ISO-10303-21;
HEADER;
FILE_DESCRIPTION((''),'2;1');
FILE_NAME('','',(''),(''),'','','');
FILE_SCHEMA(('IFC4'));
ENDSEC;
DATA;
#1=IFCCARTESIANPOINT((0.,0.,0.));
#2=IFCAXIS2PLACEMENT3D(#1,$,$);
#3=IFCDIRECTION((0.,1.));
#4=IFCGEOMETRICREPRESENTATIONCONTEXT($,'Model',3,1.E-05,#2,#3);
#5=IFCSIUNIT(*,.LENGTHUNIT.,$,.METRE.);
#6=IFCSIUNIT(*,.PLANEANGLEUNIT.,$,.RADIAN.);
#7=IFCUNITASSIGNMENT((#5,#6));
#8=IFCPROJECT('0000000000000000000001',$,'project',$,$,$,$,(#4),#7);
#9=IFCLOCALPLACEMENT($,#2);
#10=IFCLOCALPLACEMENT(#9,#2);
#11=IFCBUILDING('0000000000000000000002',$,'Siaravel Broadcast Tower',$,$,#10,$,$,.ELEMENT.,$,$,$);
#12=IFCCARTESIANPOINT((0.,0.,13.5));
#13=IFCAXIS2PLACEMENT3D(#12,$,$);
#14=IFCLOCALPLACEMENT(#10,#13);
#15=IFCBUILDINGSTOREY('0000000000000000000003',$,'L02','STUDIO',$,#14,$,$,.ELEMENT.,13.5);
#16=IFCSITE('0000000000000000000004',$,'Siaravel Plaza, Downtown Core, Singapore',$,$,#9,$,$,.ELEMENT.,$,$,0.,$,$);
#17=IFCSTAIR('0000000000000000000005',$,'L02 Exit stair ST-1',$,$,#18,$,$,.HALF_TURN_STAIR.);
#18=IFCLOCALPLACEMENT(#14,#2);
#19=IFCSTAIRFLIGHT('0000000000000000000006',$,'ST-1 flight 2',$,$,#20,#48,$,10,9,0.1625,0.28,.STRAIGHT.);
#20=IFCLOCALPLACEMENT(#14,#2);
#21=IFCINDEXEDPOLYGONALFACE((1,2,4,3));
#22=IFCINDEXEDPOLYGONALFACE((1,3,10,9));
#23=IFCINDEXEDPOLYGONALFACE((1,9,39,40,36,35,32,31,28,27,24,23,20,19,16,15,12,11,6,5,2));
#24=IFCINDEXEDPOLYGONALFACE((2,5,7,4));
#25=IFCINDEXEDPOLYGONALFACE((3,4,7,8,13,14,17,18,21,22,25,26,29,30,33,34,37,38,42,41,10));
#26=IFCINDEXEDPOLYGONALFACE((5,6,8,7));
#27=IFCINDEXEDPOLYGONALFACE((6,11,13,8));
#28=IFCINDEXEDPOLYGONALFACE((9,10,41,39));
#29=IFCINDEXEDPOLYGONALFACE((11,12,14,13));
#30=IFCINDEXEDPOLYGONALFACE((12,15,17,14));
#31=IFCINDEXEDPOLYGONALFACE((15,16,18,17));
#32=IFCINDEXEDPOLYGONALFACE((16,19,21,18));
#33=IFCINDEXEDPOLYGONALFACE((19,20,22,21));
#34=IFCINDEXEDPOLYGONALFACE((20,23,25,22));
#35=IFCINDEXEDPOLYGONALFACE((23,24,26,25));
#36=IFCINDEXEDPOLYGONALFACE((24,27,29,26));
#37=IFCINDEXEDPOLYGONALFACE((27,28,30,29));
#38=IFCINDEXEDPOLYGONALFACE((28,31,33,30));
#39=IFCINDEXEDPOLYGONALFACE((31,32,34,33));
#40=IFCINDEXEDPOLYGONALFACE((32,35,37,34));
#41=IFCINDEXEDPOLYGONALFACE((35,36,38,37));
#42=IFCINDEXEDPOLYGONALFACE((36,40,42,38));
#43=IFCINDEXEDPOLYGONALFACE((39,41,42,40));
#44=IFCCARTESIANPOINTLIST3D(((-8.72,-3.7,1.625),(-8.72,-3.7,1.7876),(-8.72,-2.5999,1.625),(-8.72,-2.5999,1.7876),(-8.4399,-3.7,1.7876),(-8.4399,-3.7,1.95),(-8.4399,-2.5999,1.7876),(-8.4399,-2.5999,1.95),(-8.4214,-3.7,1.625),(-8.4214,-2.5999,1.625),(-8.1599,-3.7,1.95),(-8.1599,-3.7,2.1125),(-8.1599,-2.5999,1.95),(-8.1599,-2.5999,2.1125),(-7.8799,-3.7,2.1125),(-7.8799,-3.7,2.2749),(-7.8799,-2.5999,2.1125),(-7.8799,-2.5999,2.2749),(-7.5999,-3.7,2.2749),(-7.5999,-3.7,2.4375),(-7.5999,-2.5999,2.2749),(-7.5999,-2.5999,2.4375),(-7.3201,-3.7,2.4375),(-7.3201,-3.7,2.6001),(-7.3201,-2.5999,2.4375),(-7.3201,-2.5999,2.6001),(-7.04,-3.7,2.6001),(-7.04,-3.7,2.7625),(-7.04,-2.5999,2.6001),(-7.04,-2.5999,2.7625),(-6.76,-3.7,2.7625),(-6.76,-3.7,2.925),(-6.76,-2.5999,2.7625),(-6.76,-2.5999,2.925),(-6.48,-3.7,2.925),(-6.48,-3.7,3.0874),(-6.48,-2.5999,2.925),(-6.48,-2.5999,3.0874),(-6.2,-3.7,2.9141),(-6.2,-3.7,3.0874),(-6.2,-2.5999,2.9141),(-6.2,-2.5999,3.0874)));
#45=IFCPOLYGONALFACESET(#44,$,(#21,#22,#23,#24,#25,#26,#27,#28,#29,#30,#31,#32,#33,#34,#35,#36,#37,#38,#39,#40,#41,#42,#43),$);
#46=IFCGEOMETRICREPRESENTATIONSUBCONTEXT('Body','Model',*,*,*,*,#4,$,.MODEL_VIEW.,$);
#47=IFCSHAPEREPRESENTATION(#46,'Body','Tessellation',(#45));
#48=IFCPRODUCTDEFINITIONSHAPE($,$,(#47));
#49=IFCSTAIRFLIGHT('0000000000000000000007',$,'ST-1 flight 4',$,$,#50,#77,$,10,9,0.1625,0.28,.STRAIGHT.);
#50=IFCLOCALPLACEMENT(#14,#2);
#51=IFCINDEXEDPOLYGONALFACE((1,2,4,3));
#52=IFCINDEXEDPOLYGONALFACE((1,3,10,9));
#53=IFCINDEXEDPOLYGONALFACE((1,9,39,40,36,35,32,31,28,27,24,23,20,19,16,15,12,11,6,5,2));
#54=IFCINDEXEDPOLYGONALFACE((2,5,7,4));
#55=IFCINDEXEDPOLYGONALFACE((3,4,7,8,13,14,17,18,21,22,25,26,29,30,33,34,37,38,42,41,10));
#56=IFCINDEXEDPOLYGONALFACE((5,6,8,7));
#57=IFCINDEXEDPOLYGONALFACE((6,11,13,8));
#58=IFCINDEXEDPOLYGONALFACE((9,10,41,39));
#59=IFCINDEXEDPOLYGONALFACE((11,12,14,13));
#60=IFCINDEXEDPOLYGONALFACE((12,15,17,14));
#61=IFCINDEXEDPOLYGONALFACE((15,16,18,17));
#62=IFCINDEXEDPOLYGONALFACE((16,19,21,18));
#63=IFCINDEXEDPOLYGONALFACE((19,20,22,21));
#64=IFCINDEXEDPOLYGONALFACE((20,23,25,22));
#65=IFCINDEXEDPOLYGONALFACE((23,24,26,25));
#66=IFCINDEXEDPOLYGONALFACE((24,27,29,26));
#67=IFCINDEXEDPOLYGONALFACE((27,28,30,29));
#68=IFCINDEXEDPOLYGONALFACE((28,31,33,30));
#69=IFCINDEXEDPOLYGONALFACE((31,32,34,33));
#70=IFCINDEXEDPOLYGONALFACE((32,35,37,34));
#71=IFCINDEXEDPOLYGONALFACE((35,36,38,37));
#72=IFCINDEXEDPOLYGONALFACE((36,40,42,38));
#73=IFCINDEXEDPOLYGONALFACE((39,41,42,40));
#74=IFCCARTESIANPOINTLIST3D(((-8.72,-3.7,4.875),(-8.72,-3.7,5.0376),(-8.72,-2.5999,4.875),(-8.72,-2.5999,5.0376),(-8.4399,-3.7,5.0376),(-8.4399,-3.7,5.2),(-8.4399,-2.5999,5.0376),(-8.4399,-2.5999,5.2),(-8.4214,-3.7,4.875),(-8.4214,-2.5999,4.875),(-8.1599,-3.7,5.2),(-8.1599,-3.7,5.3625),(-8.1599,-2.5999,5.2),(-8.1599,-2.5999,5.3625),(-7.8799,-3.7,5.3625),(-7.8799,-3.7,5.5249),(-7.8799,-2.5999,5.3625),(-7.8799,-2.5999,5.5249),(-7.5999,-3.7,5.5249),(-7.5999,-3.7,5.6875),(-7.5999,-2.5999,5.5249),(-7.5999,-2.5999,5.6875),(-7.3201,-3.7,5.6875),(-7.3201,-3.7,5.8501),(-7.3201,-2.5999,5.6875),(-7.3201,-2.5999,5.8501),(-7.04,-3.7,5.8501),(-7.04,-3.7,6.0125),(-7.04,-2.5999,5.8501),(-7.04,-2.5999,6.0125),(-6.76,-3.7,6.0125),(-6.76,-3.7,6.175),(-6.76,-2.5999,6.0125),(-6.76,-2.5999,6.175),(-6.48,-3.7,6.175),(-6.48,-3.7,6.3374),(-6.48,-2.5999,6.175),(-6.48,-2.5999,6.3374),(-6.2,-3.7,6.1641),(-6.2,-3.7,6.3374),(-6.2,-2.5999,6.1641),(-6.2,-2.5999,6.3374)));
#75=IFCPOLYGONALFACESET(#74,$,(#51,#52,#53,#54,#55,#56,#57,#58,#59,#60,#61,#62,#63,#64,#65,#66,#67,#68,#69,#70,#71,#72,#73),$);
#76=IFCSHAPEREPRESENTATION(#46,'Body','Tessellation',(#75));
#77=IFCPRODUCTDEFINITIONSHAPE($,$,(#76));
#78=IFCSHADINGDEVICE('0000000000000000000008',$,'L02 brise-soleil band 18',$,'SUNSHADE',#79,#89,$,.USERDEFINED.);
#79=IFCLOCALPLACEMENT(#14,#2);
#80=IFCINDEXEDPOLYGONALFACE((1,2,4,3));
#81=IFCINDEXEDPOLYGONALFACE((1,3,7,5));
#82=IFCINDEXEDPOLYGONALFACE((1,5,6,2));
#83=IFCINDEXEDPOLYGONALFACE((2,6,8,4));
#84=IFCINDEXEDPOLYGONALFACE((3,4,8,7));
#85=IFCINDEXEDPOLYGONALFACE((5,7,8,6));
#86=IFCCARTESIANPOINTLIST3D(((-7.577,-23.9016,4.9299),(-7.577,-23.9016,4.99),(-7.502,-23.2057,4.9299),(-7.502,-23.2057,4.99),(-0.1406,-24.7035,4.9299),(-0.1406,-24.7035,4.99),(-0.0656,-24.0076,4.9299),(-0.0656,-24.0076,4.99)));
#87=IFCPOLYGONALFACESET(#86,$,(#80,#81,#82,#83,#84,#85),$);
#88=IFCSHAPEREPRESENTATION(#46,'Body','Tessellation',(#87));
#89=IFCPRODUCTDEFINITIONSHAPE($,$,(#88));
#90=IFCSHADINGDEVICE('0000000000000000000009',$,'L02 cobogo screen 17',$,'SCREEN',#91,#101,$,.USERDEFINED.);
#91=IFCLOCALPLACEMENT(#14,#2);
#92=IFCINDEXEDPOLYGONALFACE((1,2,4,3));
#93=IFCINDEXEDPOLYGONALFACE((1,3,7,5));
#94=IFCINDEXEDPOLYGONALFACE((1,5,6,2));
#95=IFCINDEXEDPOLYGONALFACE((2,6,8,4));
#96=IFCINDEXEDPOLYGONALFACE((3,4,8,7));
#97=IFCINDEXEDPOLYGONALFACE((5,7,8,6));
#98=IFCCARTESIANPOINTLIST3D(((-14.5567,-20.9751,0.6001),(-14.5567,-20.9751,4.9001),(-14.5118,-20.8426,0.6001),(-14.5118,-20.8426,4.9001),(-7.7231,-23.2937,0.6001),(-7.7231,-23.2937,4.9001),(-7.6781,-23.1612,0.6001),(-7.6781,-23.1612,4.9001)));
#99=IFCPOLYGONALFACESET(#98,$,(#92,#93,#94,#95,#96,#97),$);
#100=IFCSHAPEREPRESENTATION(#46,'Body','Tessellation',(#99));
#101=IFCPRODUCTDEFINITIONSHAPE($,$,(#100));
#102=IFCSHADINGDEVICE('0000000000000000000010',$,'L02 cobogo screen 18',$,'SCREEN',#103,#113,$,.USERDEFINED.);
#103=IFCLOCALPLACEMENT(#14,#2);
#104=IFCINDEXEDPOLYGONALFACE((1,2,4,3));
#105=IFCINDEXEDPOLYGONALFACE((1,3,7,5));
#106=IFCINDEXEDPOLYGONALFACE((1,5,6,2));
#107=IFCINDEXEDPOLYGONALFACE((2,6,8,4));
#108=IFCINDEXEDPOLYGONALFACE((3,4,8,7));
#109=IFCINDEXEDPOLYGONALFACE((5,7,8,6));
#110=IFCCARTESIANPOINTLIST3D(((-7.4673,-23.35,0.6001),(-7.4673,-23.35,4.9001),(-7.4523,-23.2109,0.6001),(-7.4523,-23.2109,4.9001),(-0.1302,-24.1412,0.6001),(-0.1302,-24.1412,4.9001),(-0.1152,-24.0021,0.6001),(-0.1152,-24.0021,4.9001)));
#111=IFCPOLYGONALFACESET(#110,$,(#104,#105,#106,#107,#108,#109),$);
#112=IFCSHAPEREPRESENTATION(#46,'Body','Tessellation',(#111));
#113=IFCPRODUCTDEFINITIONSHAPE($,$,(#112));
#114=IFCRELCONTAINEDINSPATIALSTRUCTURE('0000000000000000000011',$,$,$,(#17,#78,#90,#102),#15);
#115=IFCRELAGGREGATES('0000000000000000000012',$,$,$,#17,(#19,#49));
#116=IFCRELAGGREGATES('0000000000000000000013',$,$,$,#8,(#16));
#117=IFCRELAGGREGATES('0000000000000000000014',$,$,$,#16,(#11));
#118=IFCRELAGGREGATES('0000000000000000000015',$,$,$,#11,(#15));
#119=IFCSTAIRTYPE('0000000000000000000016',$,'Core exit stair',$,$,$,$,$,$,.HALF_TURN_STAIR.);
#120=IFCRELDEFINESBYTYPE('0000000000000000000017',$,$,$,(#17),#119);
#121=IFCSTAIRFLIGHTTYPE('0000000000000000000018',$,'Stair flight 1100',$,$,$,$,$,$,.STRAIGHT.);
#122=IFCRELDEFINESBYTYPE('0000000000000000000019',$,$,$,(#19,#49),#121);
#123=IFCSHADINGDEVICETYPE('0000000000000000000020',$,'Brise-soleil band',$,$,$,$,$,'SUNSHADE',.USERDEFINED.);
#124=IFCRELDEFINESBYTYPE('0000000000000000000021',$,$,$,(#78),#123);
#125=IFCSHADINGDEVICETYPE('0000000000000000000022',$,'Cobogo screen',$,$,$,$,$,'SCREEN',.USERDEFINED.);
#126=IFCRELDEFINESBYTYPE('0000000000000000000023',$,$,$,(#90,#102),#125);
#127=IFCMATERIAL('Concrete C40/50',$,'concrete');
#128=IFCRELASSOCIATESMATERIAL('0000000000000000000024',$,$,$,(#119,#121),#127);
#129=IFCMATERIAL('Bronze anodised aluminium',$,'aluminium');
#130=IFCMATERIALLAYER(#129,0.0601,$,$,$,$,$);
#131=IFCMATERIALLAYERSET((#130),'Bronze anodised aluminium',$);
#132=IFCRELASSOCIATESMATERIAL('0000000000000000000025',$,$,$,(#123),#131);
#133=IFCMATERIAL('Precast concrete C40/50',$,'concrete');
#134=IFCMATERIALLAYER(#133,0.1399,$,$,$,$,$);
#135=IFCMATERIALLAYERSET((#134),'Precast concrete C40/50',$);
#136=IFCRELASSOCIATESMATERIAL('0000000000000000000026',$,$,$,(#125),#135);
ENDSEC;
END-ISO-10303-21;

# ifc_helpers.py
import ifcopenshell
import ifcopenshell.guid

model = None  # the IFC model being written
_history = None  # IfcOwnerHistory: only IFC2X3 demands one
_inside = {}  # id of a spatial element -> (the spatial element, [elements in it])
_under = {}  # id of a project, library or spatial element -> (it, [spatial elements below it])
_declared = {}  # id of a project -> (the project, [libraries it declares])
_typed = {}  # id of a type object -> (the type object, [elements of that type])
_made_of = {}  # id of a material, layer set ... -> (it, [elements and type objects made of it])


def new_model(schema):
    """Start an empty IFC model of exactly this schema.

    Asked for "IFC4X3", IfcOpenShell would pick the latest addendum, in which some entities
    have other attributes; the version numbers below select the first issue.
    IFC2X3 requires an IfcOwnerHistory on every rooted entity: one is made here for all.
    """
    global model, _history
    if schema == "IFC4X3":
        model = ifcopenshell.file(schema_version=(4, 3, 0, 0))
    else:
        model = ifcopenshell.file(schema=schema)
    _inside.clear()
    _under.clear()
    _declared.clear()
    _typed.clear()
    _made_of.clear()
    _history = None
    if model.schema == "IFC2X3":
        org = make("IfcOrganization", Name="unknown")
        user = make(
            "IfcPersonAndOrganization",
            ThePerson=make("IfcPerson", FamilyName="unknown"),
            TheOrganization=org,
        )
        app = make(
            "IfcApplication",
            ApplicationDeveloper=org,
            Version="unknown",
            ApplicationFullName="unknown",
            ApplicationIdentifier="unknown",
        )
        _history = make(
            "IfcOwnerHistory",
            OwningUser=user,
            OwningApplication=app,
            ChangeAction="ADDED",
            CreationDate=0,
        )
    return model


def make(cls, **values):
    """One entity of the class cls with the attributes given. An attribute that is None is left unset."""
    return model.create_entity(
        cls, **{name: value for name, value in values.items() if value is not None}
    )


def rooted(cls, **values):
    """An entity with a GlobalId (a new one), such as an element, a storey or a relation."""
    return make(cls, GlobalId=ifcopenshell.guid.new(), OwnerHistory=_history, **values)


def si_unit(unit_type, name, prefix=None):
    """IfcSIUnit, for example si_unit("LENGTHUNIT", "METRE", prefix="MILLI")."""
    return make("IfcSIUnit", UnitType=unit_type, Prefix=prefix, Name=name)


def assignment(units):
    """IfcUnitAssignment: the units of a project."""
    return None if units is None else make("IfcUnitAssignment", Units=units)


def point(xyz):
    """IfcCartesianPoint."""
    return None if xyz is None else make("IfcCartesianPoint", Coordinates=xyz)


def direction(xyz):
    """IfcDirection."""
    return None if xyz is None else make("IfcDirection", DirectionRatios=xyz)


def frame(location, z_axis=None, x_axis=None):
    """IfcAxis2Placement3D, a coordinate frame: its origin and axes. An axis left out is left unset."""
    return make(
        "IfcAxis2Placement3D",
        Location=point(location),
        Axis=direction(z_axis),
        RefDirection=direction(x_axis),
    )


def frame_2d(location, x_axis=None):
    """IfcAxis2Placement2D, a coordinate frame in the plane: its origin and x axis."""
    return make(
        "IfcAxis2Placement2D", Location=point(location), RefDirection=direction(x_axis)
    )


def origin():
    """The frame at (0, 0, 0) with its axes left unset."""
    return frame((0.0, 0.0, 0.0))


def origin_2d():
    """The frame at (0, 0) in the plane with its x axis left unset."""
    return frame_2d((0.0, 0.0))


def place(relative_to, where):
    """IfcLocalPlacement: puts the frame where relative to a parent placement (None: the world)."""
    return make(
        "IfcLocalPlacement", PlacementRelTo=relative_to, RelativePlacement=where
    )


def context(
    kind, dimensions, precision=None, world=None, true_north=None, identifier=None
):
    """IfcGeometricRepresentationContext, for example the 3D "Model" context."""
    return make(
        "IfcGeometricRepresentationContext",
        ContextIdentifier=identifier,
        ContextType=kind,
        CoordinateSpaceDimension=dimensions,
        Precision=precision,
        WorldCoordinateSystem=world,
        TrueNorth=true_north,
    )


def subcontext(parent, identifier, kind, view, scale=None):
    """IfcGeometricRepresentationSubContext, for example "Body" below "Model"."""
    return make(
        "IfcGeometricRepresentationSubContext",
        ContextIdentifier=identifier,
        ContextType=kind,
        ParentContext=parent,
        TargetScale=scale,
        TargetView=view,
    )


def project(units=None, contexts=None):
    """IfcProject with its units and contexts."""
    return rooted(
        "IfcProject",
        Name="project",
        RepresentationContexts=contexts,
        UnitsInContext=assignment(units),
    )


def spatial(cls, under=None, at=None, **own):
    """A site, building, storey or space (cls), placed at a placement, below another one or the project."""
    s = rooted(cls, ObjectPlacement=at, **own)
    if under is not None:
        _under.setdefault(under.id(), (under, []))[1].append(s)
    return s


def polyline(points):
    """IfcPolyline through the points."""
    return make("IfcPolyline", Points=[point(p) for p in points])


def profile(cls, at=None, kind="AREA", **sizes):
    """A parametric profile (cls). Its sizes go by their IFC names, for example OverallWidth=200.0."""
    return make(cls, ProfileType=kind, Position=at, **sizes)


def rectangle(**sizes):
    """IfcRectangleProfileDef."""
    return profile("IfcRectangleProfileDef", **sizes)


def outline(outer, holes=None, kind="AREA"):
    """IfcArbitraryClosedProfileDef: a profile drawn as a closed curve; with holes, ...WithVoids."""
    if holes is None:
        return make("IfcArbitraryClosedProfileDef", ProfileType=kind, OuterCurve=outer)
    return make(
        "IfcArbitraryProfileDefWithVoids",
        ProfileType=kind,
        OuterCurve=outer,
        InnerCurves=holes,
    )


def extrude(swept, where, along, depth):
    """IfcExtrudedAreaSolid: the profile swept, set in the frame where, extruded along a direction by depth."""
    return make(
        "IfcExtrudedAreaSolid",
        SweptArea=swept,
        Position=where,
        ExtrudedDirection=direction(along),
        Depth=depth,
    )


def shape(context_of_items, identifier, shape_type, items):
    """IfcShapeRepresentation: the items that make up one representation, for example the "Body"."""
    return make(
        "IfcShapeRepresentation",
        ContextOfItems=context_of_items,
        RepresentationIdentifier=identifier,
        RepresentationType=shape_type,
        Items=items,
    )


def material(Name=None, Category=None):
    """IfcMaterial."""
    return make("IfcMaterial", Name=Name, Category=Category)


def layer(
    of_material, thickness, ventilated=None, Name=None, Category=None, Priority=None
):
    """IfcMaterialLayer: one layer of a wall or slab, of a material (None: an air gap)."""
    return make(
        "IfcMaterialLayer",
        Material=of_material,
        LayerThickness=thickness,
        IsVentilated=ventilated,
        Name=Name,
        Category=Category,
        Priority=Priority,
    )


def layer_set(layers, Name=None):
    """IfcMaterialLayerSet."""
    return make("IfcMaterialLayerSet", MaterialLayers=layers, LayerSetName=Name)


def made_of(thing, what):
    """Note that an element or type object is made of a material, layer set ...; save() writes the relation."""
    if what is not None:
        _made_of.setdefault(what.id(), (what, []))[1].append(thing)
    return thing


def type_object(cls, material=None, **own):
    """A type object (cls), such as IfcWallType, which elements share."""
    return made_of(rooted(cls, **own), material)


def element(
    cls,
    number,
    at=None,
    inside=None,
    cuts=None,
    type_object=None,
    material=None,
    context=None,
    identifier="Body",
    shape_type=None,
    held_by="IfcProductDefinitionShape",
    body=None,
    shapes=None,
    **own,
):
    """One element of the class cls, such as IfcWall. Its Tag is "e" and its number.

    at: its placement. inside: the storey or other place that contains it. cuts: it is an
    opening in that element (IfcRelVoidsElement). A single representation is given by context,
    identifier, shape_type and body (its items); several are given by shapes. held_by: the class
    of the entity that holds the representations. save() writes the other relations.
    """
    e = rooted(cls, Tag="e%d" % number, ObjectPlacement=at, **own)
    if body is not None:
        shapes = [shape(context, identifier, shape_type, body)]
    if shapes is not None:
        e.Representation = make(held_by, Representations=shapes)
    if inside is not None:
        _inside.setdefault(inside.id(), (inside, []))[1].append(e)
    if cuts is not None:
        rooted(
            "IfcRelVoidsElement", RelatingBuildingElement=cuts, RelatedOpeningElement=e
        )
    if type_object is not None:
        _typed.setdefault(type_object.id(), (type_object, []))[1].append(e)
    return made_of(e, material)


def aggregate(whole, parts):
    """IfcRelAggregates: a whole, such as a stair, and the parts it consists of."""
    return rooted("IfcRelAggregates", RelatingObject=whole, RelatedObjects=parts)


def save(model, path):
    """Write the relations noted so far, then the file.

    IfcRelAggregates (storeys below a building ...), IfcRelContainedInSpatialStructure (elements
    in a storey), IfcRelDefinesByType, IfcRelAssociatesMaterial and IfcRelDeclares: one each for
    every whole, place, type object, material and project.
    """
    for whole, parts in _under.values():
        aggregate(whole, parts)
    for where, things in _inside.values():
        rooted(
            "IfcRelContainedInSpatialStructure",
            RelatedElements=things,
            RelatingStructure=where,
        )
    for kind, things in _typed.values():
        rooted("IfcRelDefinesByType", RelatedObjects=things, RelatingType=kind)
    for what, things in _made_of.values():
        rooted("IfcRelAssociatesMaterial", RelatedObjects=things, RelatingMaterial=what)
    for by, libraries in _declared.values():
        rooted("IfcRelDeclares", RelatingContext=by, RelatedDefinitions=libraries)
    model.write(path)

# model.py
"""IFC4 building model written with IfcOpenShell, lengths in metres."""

from ifc_helpers import new_model, si_unit, direction, frame, origin, origin_2d, place, context, subcontext, project, spatial, polyline, rectangle, outline, extrude, material, layer, layer_set, type_object, element, aggregate, save


model = new_model("IFC4")

# Units and contexts
model_context = context("Model", 3, precision=1e-05, world=origin(), true_north=direction((0.0, 1.0)))
body_context = subcontext(model_context, "Body", "Model", "MODEL_VIEW")
ifc_project = project(units=[si_unit("LENGTHUNIT", "METRE"), si_unit("PLANEANGLEUNIT", "RADIAN")], contexts=[model_context])

# Site, building, storey
site_placement = place(None, origin())
site = spatial("IfcSite", under=ifc_project, at=site_placement, Name="Siaravel Plaza, Downtown Core, Singapore", CompositionType="ELEMENT", RefElevation=0.0)
building_placement = place(site_placement, origin())
building = spatial("IfcBuilding", under=site, at=building_placement, Name="Siaravel Broadcast Tower", CompositionType="ELEMENT")
storey_placement = place(building_placement, frame((0.0, 0.0, 13.5)))
storey = spatial("IfcBuildingStorey", under=building, at=storey_placement, Name="L02", Description="STUDIO", CompositionType="ELEMENT", Elevation=13.5)

# Shared definitions
ifc_material_1 = material(Name="Concrete C40/50", Category="concrete")

# Stair, stair flights
stair_type = type_object("IfcStairType", Name="Core exit stair", PredefinedType="HALF_TURN_STAIR", material=ifc_material_1)
stair_placement = place(storey_placement, origin())
stair = element("IfcStair", 1, at=stair_placement, inside=storey, type_object=stair_type, Name="L02 Exit stair ST-1", PredefinedType="HALF_TURN_STAIR")
stair_flight_type = type_object("IfcStairFlightType", Name="Stair flight 1100", PredefinedType="STRAIGHT", material=ifc_material_1)
stair_flight_1_placement = place(storey_placement, frame((-8.72, -3.1499, 1.625), z_axis=(0.0, 0.0, 1.0), x_axis=(1.0, 0.0, 0.0)))
stair_flight_1 = element("IfcStairFlight", 2, at=stair_flight_1_placement, type_object=stair_flight_type, Name="ST-1 flight 2", NumberOfRisers=10, NumberOfTreads=9, PredefinedType="STRAIGHT", RiserHeight=0.1625, TreadLength=0.28, context=body_context, shape_type="SweptSolid", body=[
    extrude(outline(polyline([(0.0, 0.0), (0.0, 0.1626), (0.28, 0.1626), (0.28, 0.325), (0.5601, 0.325), (0.5601, 0.4875), (0.8401, 0.4875), (0.8401, 0.6499), (1.1201, 0.6499), (1.1201, 0.8125), (1.3999, 0.8125), (1.3999, 0.9751), (1.6799, 0.9751), (1.6799, 1.1375), (1.96, 1.1375), (1.96, 1.3), (2.24, 1.3), (2.24, 1.4624), (2.52, 1.4624), (2.52, 1.625), (2.52, 1.2891), (0.2986, 0.0), (0.0, 0.0)])), frame((0.0, 0.55, 0.0), z_axis=(0.0, -1.0, 0.0), x_axis=(1.0, 0.0, 0.0)), (0.0, 0.0, 1.0), 1.1001),
])
stair_flight_2_placement = place(storey_placement, frame((-8.72, -3.1499, 4.875), z_axis=(0.0, 0.0, 1.0), x_axis=(1.0, 0.0, 0.0)))
stair_flight_2 = element("IfcStairFlight", 3, at=stair_flight_2_placement, type_object=stair_flight_type, Name="ST-1 flight 4", NumberOfRisers=10, NumberOfTreads=9, PredefinedType="STRAIGHT", RiserHeight=0.1625, TreadLength=0.28, context=body_context, shape_type="SweptSolid", body=[
    extrude(outline(polyline([(0.0, 0.0), (0.0, 0.1626), (0.28, 0.1626), (0.28, 0.325), (0.5601, 0.325), (0.5601, 0.4875), (0.8401, 0.4875), (0.8401, 0.6499), (1.1201, 0.6499), (1.1201, 0.8125), (1.3999, 0.8125), (1.3999, 0.9751), (1.6799, 0.9751), (1.6799, 1.1375), (1.96, 1.1375), (1.96, 1.3), (2.24, 1.3), (2.24, 1.4624), (2.52, 1.4624), (2.52, 1.625), (2.52, 1.2891), (0.2986, 0.0), (0.0, 0.0)])), frame((0.0, 0.55, 0.0), z_axis=(0.0, -1.0, 0.0), x_axis=(1.0, 0.0, 0.0)), (0.0, 0.0, 1.0), 1.1001),
])
aggregate(stair, [stair_flight_1, stair_flight_2])

# Shading devices
ifc_material_2 = material(Name="Bronze anodised aluminium", Category="aluminium")
ifc_layer_1 = layer(ifc_material_2, 0.0601)
ifc_layer_set_1 = layer_set([ifc_layer_1], Name="Bronze anodised aluminium")
shading_device_type_1 = type_object("IfcShadingDeviceType", Name="Brise-soleil band", ElementType="SUNSHADE", PredefinedType="USERDEFINED", material=ifc_layer_set_1)
shading_device_1_placement = place(storey_placement, frame((-3.8213, -23.9546, 4.9299), z_axis=(0.0, 0.0, 1.0), x_axis=(0.994236, -0.107217, 0.0)))
element("IfcShadingDevice", 4, at=shading_device_1_placement, inside=storey, type_object=shading_device_type_1, Name="L02 brise-soleil band 18", ObjectType="SUNSHADE", PredefinedType="USERDEFINED", context=body_context, shape_type="SweptSolid", body=[
    extrude(rectangle(XDim=7.4795, YDim=0.7, at=origin_2d()), origin(), (0.0, 0.0, 1.0), 0.0601),
])
ifc_material_3 = material(Name="Precast concrete C40/50", Category="concrete")
ifc_layer_2 = layer(ifc_material_3, 0.1399)
ifc_layer_set_2 = layer_set([ifc_layer_2], Name="Precast concrete C40/50")
shading_device_type_2 = type_object("IfcShadingDeviceType", Name="Cobogo screen", ElementType="SCREEN", PredefinedType="USERDEFINED", material=ifc_layer_set_2)
shading_device_2_placement = place(storey_placement, frame((-11.1174, -22.0681, 0.6001), z_axis=(0.0, 0.0, 1.0), x_axis=(0.946977, -0.321301, 0.0)))
element("IfcShadingDevice", 5, at=shading_device_2_placement, inside=storey, type_object=shading_device_type_2, Name="L02 cobogo screen 17", ObjectType="SCREEN", PredefinedType="USERDEFINED", context=body_context, shape_type="SweptSolid", body=[
    extrude(rectangle(XDim=7.2163, YDim=0.1399, at=origin_2d()), origin(), (0.0, 0.0, 1.0), 4.3),
])
shading_device_3_placement = place(storey_placement, frame((-3.7913, -23.676, 0.6001), z_axis=(0.0, 0.0, 1.0), x_axis=(0.994236, -0.107217, 0.0)))
element("IfcShadingDevice", 6, at=shading_device_3_placement, inside=storey, type_object=shading_device_type_2, Name="L02 cobogo screen 18", ObjectType="SCREEN", PredefinedType="USERDEFINED", context=body_context, shape_type="SweptSolid", body=[
    extrude(rectangle(XDim=7.3796, YDim=0.1399, at=origin_2d()), origin(), (0.0, 0.0, 1.0), 4.3),
])

save(model, "model.ifc")
